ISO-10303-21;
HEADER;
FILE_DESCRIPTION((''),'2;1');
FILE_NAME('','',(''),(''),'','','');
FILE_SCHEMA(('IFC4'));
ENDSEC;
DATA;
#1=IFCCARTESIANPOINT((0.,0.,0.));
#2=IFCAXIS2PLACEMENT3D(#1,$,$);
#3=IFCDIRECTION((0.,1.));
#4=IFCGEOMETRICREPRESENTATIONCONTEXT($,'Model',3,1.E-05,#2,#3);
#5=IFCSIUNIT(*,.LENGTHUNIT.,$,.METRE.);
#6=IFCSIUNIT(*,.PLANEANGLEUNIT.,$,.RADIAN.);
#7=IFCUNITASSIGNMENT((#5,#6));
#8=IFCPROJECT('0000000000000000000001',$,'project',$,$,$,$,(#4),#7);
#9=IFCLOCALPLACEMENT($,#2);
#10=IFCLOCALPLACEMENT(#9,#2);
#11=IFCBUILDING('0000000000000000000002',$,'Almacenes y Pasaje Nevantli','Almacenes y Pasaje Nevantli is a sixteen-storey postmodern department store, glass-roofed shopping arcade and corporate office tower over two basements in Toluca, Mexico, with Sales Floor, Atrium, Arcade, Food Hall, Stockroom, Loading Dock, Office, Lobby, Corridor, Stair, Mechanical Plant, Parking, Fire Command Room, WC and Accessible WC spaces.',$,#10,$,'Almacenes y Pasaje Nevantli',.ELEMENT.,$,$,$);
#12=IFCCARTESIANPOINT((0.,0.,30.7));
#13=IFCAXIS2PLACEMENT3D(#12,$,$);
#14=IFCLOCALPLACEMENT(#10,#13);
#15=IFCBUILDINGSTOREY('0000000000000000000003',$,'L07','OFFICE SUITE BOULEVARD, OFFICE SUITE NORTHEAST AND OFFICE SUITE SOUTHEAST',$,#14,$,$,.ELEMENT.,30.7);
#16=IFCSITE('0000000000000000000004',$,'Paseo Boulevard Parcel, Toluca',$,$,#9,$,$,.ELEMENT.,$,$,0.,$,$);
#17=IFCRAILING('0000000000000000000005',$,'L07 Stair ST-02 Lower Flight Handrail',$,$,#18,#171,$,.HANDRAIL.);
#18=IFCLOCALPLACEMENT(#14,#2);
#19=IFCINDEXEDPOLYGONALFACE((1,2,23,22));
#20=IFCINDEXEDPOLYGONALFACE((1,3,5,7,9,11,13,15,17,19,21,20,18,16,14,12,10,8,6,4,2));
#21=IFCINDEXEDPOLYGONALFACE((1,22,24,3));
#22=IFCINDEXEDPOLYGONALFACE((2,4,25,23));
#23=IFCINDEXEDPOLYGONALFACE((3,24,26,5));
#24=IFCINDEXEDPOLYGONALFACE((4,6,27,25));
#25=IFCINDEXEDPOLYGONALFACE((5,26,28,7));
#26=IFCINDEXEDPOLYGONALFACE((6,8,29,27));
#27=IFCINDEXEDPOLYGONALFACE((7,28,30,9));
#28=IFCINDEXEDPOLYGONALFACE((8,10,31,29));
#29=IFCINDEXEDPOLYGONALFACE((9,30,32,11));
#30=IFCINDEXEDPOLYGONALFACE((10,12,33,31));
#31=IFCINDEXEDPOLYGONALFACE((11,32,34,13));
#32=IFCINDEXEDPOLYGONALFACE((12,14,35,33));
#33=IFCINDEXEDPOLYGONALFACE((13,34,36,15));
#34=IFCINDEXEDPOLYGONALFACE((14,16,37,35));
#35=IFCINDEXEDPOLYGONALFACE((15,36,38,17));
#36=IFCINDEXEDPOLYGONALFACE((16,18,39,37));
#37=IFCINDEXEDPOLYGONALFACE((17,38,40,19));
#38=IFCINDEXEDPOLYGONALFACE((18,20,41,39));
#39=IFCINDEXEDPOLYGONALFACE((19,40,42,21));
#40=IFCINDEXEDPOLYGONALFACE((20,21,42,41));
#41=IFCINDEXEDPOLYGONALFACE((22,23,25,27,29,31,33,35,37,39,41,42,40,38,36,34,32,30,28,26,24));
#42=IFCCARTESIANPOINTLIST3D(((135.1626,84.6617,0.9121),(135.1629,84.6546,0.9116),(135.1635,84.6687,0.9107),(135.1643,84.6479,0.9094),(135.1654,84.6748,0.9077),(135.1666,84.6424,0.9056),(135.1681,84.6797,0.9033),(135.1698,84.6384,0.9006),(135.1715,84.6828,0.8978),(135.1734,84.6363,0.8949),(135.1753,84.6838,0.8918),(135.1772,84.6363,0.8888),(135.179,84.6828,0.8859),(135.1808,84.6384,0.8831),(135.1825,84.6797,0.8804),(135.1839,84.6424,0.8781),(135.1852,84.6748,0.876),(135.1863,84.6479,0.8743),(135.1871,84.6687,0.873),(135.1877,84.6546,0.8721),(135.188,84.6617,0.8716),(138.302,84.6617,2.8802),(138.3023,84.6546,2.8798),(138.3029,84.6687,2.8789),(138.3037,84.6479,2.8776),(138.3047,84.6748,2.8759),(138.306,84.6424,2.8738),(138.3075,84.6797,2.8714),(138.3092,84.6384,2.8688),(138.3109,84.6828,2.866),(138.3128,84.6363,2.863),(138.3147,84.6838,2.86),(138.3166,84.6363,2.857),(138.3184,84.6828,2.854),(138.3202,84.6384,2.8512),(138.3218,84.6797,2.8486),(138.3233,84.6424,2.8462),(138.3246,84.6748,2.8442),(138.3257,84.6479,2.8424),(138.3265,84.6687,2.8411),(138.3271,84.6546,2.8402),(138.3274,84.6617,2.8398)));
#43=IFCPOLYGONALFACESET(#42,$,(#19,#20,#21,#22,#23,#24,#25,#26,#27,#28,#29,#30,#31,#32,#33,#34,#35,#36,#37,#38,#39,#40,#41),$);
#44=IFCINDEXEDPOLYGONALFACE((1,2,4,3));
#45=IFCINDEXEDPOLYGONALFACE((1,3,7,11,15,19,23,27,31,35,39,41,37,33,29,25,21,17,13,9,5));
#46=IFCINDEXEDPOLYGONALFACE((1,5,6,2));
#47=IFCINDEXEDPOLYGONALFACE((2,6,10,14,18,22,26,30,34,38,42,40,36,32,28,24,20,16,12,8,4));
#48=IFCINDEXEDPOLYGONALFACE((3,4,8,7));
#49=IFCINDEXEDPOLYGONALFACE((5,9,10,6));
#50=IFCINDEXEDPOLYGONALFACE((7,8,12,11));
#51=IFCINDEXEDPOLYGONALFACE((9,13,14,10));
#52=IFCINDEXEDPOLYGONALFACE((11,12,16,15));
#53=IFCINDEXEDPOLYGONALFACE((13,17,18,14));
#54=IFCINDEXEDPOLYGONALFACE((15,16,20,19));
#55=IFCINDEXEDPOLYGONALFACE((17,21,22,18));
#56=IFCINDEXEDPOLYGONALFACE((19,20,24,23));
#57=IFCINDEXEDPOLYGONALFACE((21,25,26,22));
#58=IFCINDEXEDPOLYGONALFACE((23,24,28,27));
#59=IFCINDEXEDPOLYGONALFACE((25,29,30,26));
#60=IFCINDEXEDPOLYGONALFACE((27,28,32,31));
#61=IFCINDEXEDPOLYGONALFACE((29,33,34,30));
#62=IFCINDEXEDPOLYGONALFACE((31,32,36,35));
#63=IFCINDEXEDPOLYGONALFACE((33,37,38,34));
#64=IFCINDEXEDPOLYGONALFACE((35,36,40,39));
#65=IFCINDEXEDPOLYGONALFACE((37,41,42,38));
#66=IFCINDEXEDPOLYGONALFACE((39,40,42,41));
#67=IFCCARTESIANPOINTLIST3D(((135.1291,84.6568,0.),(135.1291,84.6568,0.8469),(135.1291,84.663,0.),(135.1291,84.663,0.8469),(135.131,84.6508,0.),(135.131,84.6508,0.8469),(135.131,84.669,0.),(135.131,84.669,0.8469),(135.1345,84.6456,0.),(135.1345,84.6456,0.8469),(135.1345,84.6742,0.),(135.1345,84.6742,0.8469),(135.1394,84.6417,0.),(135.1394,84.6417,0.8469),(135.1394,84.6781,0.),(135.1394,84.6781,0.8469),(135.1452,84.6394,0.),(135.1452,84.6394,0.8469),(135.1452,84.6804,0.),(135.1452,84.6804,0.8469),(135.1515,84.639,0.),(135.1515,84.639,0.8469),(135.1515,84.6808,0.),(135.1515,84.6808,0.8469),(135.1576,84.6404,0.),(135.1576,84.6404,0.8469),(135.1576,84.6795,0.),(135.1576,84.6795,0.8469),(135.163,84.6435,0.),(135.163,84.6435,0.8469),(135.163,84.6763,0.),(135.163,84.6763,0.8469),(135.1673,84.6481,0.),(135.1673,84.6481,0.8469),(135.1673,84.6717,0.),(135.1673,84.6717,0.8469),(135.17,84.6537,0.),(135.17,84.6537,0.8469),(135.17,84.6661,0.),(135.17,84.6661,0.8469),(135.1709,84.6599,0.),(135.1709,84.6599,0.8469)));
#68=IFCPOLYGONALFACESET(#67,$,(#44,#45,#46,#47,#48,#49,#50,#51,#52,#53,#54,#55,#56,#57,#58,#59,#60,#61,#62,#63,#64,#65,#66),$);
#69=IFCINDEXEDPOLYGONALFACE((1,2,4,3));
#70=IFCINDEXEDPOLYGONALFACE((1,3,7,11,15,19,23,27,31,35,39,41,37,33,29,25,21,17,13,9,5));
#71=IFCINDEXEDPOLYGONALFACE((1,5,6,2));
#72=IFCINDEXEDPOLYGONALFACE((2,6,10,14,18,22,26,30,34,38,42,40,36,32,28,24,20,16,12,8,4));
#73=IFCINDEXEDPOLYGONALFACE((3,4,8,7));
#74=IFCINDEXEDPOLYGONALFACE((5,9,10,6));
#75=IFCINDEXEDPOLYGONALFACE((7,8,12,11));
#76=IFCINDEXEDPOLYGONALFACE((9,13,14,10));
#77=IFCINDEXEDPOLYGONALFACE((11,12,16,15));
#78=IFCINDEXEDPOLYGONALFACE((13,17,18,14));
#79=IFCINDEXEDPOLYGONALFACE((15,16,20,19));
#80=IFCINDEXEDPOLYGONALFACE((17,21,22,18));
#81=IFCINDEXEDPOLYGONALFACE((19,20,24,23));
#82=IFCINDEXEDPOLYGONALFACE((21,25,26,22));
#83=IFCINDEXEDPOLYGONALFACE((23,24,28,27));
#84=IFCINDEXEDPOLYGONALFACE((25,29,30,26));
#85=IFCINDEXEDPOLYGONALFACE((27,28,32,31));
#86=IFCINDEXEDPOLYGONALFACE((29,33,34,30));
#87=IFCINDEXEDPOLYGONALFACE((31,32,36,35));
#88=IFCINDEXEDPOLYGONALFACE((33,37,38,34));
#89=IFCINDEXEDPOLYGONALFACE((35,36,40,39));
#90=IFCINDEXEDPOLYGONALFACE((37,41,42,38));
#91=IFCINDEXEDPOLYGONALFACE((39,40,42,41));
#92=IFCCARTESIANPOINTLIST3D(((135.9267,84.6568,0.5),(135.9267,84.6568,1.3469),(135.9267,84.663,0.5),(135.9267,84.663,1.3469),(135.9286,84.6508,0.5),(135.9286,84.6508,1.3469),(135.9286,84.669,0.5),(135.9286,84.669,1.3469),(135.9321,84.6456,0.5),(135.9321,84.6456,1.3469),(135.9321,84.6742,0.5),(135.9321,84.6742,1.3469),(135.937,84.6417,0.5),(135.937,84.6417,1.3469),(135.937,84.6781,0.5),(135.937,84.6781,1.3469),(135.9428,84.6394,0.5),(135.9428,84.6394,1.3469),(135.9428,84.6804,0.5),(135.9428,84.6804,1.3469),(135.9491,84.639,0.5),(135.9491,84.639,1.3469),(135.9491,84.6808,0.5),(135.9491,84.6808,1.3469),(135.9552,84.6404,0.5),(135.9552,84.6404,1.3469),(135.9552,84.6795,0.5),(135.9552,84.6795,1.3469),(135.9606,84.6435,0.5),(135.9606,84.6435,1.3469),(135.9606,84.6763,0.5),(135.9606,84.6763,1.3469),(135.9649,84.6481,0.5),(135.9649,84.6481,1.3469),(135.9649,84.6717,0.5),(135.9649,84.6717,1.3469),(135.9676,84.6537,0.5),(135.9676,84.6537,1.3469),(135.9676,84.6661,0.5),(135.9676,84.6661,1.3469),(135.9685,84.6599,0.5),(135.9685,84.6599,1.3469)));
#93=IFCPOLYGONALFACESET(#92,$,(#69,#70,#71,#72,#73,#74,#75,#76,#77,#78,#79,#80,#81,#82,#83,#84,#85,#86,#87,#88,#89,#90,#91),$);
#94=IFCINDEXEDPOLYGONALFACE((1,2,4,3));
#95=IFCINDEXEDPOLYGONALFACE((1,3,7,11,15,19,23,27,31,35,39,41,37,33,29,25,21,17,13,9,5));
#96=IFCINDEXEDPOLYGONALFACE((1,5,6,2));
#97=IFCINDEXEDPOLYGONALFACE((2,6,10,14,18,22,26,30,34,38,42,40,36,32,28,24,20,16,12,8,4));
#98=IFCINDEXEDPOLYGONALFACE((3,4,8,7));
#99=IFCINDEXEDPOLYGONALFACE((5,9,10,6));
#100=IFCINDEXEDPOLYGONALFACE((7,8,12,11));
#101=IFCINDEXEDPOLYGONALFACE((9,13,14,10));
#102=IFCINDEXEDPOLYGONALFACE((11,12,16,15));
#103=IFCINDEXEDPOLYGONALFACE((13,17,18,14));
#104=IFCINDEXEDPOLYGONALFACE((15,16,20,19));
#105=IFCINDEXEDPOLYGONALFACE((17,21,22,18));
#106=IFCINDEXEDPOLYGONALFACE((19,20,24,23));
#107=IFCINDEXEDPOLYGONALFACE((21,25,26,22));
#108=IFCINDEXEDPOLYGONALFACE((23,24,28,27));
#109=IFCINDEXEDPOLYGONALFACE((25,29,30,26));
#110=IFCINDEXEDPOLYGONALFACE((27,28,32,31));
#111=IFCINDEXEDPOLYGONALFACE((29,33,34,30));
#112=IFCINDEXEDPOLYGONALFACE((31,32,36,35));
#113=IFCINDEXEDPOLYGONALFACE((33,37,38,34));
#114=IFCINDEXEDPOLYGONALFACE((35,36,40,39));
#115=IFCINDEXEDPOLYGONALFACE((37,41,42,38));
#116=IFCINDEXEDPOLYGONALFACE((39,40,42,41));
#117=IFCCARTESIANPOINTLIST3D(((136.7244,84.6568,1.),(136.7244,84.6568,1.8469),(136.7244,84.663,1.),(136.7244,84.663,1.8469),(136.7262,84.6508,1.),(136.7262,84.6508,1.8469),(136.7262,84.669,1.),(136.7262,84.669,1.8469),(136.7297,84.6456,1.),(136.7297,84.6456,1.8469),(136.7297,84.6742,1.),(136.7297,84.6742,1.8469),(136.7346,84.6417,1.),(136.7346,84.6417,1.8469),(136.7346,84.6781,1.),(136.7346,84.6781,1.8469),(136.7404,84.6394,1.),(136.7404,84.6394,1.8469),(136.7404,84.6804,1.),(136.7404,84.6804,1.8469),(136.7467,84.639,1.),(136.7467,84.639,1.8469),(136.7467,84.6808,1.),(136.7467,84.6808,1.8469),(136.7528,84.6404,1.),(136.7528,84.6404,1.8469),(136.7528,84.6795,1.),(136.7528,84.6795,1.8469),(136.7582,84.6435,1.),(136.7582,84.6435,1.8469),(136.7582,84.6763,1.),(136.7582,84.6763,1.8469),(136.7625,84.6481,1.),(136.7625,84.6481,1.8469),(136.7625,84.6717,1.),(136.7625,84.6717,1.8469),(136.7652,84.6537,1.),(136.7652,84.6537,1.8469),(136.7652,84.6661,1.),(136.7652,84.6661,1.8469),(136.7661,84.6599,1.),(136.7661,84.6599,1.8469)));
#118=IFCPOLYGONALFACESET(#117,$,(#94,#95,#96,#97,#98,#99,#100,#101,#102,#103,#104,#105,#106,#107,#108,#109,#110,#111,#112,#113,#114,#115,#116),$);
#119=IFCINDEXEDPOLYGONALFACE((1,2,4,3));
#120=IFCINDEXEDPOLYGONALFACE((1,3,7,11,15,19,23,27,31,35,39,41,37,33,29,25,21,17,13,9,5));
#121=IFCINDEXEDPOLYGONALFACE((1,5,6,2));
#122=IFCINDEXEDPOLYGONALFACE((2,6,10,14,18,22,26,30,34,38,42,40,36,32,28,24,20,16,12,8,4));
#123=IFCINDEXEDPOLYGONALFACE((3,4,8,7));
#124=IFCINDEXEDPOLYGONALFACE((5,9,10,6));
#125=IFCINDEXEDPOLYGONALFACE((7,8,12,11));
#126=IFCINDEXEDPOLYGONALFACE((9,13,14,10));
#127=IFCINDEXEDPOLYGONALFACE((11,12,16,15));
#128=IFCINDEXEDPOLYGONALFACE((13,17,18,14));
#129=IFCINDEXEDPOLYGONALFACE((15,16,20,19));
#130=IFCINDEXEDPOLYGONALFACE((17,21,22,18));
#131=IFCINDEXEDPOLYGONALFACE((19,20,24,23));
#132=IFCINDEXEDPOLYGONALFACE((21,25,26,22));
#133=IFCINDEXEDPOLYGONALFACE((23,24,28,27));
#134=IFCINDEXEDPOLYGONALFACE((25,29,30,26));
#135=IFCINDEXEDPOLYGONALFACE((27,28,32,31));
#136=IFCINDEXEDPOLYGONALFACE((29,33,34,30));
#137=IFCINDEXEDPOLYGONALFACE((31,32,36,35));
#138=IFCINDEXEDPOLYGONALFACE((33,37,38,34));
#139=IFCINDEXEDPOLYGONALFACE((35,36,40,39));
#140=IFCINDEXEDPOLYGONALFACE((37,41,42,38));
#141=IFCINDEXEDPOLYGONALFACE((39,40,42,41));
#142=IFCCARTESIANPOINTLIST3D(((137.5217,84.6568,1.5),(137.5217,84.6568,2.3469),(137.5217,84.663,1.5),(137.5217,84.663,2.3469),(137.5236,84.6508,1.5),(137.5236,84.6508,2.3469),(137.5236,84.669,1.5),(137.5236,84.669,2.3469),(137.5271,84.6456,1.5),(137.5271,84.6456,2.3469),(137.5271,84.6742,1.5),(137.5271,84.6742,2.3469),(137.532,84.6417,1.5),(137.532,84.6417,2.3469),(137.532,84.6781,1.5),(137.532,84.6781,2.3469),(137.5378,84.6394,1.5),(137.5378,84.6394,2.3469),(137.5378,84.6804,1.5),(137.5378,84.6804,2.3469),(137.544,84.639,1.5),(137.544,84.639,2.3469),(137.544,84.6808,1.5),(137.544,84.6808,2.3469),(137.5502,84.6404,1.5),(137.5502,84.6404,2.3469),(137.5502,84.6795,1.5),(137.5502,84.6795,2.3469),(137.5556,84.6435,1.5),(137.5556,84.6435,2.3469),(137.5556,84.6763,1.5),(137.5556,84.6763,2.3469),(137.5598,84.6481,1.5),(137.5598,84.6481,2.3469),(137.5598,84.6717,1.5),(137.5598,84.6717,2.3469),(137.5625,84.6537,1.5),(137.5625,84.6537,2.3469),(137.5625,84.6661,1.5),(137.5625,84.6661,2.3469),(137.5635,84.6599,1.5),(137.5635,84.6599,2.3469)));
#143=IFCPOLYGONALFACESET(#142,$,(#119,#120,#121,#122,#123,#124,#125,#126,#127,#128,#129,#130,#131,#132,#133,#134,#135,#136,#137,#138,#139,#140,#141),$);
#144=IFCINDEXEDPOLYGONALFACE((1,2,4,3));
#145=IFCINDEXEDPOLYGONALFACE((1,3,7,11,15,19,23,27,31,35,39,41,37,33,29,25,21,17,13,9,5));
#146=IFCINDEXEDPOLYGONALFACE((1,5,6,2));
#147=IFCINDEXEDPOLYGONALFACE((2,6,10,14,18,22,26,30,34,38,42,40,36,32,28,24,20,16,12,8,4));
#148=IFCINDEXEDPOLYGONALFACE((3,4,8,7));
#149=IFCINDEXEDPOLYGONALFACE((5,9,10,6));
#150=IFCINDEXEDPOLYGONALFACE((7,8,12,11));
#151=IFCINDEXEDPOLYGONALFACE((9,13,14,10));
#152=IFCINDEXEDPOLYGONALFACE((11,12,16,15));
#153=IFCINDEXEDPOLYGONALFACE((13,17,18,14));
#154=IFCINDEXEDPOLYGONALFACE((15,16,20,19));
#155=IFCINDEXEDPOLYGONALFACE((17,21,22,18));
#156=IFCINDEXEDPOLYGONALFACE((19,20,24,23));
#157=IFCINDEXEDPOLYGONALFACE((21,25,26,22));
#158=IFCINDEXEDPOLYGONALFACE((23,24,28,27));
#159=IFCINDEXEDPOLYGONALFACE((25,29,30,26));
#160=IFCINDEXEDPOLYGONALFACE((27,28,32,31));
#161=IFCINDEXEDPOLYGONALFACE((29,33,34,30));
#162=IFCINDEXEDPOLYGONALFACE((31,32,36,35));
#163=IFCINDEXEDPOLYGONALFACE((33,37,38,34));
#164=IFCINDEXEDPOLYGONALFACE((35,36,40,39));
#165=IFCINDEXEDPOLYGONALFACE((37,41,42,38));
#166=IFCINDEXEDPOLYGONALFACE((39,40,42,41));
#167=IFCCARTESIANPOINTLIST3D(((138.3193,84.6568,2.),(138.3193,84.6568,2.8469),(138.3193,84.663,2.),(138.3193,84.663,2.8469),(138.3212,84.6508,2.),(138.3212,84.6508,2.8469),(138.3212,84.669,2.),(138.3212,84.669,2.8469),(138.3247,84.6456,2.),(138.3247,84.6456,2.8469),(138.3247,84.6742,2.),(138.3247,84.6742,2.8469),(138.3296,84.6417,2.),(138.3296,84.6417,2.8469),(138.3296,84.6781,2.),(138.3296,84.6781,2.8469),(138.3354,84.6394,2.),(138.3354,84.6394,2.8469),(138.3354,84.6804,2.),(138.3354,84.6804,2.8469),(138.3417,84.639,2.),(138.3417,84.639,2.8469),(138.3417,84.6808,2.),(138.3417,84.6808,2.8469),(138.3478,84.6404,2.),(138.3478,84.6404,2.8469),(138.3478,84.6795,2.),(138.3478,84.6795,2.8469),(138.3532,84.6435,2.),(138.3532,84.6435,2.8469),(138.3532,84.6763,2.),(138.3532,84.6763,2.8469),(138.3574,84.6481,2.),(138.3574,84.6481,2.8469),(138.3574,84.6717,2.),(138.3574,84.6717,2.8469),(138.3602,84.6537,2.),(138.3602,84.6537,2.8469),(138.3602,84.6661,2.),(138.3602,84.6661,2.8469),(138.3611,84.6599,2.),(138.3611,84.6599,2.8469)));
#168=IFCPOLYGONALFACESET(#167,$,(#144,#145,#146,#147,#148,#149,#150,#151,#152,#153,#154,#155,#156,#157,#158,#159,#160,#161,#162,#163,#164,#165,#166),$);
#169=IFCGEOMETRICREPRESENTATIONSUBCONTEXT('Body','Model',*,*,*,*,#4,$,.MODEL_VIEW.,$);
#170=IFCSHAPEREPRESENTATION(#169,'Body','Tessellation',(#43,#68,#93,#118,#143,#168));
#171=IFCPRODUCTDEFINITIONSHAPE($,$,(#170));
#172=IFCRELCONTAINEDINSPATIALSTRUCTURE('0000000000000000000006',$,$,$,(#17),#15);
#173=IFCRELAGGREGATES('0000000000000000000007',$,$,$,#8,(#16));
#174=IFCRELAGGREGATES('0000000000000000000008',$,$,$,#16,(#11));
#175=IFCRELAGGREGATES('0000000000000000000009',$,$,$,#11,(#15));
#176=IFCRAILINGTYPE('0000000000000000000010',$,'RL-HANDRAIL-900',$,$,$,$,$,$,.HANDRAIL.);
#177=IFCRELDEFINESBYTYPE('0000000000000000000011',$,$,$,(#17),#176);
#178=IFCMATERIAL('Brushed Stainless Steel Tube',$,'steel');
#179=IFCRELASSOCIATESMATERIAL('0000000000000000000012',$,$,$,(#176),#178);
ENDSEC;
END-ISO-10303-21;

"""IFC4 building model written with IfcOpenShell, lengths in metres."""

from ifc_helpers import new_model, si_unit, direction, frame, origin, origin_2d, place, context, subcontext, project, spatial, circle, extrude, material, type_object, element, save


model = new_model("IFC4")

# Units and contexts
model_context = context("Model", 3, precision=1e-05, world=origin(), true_north=direction((0.0, 1.0)))
body_context = subcontext(model_context, "Body", "Model", "MODEL_VIEW")
ifc_project = project(units=[si_unit("LENGTHUNIT", "METRE"), si_unit("PLANEANGLEUNIT", "RADIAN")], contexts=[model_context])

# Site, building, storey
site_placement = place(None, origin())
site = spatial("IfcSite", under=ifc_project, at=site_placement, Name="Paseo Boulevard Parcel, Toluca", CompositionType="ELEMENT", RefElevation=0.0)
building_placement = place(site_placement, origin())
building = spatial("IfcBuilding", under=site, at=building_placement, Name="Almacenes y Pasaje Nevantli", Description="Almacenes y Pasaje Nevantli is a sixteen-storey postmodern department store, glass-roofed shopping arcade and corporate office tower over two basements in Toluca, Mexico, with Sales Floor, Atrium, Arcade, Food Hall, Stockroom, Loading Dock, Office, Lobby, Corridor, Stair, Mechanical Plant, Parking, Fire Command Room, WC and Accessible WC spaces.", LongName="Almacenes y Pasaje Nevantli", CompositionType="ELEMENT")
storey_placement = place(building_placement, frame((0.0, 0.0, 30.7)))
storey = spatial("IfcBuildingStorey", under=building, at=storey_placement, Name="L07", Description="OFFICE SUITE BOULEVARD, OFFICE SUITE NORTHEAST AND OFFICE SUITE SOUTHEAST", CompositionType="ELEMENT", Elevation=30.7)

# Railing
ifc_material_1 = material(Name="Brushed Stainless Steel Tube", Category="steel")
railing_type_1 = type_object("IfcRailingType", Name="RL-HANDRAIL-900", PredefinedType="HANDRAIL", material=ifc_material_1)
railing_1_placement = place(storey_placement, frame((135.1499, 84.6599, 0.0)))
element("IfcRailing", 1, at=railing_1_placement, inside=storey, type_object=railing_type_1, Name="L07 Stair ST-02 Lower Flight Handrail", PredefinedType="HANDRAIL", context=body_context, shape_type="SweptSolid", body=[
    extrude(circle(Radius=0.0239, at=origin_2d()), frame((0.0254, 0.0, 0.8918), z_axis=(0.847265, 0.0, 0.53117), x_axis=(0.0, 1.0, 0.0)), (0.0, 0.0, 1.0), 3.7053),
    extrude(circle(Radius=0.021, at=origin_2d()), origin(), (0.0, 0.0, 1.0), 0.8469),
    extrude(circle(Radius=0.021, at=origin_2d()), frame((0.7976, 0.0, 0.5)), (0.0, 0.0, 1.0), 0.8469),
    extrude(circle(Radius=0.021, at=origin_2d()), frame((1.5952, 0.0, 1.0)), (0.0, 0.0, 1.0), 0.8469),
    extrude(circle(Radius=0.021, at=origin_2d()), frame((2.3926, 0.0, 1.5)), (0.0, 0.0, 1.0), 0.8469),
    extrude(circle(Radius=0.021, at=origin_2d()), frame((3.1902, 0.0, 2.0)), (0.0, 0.0, 1.0), 0.8469),
])

save(model, "model.ifc")
